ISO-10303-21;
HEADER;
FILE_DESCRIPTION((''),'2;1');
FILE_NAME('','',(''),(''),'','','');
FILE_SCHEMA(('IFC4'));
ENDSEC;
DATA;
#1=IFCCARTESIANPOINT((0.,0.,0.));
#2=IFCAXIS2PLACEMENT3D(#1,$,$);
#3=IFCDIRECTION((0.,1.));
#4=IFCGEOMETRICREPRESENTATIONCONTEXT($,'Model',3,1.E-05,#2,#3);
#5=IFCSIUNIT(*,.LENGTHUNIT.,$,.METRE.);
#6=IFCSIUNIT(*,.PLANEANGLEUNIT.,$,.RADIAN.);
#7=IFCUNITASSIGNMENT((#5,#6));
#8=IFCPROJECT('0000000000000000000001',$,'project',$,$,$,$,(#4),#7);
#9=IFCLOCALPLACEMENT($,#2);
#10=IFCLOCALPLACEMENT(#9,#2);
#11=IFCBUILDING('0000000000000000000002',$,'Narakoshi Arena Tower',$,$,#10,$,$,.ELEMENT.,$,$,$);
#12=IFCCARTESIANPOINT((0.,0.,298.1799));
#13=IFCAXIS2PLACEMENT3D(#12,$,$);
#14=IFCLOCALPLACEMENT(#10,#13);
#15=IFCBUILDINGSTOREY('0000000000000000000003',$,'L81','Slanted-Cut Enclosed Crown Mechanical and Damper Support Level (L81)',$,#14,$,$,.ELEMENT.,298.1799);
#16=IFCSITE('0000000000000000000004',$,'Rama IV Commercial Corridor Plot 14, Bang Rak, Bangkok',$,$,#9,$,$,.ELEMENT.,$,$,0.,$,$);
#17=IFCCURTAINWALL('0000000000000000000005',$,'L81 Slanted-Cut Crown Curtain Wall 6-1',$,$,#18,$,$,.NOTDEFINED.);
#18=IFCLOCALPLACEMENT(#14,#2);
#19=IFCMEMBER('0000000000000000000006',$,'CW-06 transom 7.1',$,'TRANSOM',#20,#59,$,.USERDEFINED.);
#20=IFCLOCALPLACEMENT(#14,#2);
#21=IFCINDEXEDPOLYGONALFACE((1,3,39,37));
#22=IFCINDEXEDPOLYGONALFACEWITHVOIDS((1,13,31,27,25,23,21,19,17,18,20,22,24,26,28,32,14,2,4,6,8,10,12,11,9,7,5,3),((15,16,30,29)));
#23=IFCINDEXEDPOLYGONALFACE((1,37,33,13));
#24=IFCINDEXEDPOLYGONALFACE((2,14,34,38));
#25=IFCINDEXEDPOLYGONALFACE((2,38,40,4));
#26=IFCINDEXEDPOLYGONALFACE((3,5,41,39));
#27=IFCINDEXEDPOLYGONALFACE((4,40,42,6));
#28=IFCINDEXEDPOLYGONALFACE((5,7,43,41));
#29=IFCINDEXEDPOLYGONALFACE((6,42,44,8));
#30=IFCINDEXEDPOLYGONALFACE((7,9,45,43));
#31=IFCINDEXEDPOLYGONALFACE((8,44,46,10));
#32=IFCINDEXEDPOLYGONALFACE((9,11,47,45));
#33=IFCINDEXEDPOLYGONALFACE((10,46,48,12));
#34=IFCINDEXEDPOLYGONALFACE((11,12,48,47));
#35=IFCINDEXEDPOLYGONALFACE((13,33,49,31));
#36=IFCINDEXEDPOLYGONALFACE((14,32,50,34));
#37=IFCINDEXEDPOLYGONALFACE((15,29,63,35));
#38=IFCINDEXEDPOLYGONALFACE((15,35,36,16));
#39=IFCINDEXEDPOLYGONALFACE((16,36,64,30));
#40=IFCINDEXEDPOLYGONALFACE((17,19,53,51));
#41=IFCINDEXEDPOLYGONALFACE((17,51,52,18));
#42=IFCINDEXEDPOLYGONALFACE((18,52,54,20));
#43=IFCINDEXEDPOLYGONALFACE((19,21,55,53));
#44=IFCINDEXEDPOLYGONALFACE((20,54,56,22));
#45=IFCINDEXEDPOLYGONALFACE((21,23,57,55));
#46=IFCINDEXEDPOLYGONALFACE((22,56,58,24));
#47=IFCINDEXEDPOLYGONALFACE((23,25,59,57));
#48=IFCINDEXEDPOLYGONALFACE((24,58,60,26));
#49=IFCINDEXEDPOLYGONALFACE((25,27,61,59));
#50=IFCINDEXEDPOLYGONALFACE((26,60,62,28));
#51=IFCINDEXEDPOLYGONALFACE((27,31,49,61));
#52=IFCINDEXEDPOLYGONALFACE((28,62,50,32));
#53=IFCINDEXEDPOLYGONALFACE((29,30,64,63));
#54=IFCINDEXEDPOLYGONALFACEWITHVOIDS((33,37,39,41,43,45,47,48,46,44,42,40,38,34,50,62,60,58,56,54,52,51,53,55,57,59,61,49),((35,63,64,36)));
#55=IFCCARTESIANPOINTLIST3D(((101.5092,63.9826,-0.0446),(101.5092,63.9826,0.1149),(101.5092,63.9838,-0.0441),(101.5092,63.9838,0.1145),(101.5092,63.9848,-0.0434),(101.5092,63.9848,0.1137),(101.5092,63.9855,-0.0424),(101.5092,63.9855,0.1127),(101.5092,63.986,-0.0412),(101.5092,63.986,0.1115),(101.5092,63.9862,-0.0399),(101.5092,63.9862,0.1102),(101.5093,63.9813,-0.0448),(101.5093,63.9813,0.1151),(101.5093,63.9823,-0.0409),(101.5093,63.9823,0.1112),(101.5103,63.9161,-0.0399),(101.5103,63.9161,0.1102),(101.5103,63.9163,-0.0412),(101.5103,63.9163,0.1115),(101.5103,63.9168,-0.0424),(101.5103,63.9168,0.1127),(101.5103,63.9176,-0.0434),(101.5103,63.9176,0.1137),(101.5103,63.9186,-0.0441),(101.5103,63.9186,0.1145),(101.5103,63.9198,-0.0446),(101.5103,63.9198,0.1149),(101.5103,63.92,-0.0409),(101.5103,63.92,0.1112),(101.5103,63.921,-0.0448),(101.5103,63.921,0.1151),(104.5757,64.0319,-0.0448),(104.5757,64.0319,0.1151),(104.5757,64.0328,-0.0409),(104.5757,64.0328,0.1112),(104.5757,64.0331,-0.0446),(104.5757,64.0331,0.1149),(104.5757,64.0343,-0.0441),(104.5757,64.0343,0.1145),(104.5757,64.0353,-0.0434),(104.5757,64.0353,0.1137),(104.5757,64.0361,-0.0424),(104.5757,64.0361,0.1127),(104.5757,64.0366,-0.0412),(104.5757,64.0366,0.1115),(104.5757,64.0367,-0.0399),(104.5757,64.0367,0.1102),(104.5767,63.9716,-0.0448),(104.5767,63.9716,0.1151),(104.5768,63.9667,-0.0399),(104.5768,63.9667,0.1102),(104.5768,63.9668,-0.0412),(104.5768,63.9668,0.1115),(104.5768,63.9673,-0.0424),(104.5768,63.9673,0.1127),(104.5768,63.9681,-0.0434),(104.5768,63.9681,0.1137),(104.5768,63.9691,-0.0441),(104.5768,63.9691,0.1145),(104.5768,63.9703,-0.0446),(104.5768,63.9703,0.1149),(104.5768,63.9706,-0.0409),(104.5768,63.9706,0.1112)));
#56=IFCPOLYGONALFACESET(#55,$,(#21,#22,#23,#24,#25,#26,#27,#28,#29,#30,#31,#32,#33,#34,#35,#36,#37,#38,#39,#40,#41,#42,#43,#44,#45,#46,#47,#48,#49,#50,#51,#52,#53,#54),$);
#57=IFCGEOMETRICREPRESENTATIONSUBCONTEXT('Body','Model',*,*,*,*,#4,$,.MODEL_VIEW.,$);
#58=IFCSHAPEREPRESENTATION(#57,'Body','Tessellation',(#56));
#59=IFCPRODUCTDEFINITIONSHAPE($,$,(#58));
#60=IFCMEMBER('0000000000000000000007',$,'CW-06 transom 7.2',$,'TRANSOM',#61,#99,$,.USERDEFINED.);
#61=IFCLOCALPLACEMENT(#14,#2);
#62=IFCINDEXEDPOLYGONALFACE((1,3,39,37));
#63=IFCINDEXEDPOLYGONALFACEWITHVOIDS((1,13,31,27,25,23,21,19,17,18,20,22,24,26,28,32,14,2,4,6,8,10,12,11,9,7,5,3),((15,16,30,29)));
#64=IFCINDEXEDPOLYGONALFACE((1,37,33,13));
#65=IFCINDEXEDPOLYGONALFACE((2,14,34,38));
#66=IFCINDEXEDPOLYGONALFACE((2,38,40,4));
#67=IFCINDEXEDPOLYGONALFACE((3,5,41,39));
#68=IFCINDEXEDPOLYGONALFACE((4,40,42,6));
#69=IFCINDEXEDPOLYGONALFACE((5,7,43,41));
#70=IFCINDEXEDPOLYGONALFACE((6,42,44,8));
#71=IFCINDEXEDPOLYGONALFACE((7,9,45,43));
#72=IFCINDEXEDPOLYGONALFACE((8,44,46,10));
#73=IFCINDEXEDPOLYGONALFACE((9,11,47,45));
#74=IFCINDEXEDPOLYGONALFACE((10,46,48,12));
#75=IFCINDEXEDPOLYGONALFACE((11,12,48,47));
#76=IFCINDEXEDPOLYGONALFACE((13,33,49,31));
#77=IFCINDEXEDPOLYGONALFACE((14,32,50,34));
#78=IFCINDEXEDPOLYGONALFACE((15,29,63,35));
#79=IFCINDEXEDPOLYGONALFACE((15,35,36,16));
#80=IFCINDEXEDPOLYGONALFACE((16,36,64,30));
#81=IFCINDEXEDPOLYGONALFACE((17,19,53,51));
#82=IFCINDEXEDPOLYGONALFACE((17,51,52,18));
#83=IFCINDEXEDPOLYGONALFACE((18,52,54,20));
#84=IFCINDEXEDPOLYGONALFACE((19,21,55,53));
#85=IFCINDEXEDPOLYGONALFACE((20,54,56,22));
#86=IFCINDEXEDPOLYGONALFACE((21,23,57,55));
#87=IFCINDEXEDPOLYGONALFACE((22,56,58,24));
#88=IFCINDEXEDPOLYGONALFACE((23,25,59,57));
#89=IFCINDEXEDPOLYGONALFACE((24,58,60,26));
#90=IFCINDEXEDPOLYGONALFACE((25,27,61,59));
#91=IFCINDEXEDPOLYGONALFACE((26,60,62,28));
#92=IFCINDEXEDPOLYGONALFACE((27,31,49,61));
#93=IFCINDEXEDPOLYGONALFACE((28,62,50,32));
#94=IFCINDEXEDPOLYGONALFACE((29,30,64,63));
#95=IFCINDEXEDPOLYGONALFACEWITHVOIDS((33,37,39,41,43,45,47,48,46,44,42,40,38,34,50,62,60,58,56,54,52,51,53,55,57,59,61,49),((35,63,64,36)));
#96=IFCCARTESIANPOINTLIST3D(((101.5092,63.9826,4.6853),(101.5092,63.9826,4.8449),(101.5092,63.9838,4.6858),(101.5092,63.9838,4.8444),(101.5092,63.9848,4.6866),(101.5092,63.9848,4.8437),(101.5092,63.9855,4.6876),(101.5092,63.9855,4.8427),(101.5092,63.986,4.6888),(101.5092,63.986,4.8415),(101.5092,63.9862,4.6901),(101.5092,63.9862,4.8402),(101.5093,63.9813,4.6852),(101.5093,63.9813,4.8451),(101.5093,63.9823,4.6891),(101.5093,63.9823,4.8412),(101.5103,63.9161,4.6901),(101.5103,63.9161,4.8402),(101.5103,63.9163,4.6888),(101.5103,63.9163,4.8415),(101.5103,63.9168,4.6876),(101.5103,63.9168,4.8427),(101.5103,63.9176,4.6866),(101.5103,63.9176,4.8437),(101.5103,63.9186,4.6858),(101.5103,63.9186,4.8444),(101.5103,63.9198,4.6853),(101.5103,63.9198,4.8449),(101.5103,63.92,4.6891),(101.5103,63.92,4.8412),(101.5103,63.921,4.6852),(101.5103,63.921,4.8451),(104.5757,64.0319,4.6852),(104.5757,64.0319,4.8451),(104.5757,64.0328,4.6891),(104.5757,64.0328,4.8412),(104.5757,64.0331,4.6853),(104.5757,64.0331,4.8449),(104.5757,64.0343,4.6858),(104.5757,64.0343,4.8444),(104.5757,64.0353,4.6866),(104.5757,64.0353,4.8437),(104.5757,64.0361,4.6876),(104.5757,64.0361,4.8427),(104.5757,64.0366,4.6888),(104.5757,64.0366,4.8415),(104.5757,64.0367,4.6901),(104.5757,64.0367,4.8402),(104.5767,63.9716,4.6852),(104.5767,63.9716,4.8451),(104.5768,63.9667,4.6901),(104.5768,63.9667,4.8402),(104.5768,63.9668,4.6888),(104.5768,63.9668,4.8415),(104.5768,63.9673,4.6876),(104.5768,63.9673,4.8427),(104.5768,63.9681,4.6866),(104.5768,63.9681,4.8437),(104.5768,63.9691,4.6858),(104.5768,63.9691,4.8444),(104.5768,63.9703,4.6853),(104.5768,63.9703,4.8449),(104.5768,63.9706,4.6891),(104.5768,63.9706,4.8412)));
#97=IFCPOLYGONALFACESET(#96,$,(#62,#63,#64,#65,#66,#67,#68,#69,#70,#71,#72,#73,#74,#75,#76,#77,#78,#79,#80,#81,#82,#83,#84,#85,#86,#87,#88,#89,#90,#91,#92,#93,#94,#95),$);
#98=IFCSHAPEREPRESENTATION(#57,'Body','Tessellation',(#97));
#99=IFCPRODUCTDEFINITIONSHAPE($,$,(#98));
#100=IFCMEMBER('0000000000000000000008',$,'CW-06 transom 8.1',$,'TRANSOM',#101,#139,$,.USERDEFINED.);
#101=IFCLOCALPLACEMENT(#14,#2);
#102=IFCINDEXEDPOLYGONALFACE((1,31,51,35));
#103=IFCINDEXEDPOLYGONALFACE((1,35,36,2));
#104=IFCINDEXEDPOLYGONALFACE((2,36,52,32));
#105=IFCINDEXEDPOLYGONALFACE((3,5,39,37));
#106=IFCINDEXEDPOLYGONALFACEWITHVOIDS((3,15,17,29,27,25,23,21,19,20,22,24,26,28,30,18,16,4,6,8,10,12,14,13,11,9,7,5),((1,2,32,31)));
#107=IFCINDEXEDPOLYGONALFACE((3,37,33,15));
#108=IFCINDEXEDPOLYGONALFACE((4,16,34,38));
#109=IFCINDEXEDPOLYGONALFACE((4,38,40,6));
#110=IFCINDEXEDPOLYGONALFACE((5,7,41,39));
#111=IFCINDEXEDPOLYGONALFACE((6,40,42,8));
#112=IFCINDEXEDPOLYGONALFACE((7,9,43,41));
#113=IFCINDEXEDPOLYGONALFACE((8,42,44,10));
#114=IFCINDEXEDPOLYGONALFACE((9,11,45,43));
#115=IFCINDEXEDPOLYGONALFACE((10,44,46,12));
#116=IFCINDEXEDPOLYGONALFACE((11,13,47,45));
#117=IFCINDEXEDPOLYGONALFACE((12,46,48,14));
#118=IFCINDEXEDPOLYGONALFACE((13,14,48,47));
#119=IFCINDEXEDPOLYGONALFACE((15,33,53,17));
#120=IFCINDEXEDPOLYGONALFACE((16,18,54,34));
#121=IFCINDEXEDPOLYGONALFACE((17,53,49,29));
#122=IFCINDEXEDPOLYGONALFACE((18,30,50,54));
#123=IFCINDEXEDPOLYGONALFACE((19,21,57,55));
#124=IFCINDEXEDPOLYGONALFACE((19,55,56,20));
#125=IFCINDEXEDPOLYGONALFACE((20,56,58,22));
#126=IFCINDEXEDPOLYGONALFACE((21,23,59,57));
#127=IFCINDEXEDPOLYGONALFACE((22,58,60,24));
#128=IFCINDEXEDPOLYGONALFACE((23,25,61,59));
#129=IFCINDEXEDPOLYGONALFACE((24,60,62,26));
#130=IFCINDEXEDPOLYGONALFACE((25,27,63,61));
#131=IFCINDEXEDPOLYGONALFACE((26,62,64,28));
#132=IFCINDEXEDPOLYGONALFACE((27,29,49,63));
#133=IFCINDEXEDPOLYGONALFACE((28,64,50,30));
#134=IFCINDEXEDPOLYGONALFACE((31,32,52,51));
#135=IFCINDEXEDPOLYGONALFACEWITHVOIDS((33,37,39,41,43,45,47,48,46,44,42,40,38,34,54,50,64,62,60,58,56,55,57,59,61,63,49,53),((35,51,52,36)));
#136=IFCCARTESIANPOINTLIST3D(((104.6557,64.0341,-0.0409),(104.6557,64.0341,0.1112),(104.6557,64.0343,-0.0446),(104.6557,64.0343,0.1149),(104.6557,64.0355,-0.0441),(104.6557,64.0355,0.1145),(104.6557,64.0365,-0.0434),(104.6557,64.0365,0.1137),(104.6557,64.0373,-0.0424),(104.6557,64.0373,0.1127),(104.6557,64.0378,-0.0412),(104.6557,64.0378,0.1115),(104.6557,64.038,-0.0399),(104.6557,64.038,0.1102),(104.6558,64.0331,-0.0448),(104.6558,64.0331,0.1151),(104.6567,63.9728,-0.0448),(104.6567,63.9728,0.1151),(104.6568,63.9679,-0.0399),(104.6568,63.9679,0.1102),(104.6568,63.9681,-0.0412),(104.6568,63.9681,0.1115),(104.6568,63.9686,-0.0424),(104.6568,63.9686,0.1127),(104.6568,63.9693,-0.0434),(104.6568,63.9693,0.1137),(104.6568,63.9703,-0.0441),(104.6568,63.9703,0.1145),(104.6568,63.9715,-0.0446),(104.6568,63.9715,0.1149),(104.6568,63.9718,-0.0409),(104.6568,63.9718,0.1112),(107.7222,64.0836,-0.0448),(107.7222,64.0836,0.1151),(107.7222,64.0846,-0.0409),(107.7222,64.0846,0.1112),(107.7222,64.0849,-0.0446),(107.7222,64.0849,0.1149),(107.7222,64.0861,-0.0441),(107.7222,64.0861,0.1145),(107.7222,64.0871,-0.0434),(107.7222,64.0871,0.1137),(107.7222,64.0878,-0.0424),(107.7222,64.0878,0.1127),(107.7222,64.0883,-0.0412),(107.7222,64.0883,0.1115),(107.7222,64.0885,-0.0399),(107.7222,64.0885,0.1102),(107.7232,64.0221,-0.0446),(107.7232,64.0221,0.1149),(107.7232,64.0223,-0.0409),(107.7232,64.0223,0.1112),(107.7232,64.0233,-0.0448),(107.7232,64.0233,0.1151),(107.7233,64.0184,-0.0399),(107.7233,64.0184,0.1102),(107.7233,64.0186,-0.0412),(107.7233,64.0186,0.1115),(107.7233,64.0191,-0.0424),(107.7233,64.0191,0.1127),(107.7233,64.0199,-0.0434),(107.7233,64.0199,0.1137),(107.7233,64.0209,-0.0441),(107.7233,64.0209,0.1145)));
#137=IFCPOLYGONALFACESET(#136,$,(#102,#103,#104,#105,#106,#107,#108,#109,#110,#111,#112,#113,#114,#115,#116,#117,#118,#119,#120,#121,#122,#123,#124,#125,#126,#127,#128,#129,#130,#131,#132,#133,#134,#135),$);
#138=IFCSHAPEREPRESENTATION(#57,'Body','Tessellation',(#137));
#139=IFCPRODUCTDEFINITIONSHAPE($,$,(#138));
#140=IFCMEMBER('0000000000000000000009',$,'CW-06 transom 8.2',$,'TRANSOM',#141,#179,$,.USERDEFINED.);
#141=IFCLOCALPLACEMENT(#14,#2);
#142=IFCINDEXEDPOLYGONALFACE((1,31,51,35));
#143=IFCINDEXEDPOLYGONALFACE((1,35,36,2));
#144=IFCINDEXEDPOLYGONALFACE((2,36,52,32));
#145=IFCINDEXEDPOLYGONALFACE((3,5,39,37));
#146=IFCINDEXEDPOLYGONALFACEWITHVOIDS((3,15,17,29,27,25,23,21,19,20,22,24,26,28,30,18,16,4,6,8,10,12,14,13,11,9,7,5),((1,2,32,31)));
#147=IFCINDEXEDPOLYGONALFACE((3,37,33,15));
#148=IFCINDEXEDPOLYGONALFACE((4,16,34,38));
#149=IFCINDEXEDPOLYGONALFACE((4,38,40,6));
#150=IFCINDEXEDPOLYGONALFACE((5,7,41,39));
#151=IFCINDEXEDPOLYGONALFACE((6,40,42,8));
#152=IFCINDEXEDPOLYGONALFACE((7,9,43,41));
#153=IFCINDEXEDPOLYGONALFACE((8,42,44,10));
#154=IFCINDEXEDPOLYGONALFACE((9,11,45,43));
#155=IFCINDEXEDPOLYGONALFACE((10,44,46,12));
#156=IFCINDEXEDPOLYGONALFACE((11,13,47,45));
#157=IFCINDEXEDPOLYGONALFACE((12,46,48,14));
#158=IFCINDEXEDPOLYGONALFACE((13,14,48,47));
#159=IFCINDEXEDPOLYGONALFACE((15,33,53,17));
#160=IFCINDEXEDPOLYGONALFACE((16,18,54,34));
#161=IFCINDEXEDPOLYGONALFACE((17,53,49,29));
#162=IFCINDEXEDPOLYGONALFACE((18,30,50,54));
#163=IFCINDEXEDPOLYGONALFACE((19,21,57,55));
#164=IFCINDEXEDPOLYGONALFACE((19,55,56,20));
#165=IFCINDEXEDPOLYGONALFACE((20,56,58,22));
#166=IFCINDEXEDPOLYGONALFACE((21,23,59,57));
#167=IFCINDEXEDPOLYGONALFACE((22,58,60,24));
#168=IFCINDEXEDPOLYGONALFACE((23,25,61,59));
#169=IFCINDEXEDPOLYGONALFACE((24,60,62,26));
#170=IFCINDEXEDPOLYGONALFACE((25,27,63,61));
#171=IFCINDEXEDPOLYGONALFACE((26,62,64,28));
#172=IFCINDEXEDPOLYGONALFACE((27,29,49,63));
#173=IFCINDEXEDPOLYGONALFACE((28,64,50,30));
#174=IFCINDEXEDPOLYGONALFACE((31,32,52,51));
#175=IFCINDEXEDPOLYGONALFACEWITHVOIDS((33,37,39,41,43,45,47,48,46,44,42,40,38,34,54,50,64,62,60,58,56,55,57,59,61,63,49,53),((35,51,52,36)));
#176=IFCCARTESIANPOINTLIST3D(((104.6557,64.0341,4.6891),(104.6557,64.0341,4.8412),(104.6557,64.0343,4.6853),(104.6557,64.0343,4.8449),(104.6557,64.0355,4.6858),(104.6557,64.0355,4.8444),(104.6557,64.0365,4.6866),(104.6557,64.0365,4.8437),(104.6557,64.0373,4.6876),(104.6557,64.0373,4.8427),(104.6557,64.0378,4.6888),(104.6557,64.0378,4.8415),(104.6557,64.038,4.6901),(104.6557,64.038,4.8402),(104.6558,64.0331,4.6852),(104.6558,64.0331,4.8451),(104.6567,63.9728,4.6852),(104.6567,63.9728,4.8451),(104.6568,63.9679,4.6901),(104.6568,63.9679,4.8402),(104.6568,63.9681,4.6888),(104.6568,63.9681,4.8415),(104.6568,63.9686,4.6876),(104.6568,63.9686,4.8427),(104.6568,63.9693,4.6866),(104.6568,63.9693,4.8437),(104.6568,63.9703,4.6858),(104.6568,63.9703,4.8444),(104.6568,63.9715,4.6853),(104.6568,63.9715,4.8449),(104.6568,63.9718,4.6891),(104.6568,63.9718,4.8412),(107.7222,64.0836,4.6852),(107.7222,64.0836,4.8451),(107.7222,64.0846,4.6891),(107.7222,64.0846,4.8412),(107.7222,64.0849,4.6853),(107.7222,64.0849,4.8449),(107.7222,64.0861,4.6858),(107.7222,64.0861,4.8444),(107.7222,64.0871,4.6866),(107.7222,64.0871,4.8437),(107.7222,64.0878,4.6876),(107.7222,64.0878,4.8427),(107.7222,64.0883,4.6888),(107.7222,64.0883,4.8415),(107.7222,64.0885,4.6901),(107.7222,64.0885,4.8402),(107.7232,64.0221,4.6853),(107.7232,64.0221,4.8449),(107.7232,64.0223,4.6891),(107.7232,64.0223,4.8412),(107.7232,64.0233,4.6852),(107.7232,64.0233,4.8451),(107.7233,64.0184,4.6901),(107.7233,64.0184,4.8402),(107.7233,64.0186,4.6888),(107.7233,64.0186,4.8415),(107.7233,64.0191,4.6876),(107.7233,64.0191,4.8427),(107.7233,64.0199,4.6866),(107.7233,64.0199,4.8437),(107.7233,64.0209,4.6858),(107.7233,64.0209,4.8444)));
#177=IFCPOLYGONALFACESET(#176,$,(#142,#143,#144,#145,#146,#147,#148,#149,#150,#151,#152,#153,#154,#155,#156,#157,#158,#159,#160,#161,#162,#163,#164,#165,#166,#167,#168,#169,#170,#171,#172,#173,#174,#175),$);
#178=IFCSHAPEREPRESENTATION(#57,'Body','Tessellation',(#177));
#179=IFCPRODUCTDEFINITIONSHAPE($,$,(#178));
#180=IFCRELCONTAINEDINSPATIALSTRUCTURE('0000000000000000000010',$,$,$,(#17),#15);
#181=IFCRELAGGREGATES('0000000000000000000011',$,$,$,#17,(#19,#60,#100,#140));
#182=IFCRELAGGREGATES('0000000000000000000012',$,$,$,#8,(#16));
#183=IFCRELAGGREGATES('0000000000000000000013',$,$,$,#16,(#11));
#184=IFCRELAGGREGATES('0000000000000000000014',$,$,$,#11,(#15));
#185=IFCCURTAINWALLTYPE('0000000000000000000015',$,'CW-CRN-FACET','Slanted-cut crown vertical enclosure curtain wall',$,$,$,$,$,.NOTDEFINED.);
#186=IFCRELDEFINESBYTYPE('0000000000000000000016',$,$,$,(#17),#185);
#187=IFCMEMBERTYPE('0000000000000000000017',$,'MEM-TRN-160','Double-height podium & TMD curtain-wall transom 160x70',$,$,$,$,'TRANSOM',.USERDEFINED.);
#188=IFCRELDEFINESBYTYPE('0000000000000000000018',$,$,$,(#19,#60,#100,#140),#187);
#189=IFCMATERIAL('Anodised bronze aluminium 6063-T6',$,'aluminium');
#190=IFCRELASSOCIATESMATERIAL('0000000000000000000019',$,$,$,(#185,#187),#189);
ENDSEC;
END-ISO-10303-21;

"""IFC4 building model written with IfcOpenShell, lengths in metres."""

from ifc_helpers import new_model, si_unit, direction, frame, origin, origin_2d, place, context, subcontext, project, spatial, hollow_rectangle, extrude, material, material_profile, profile_set, type_object, element, aggregate, save


model = new_model("IFC4")

# Units and contexts
model_context = context("Model", 3, precision=1e-05, world=origin(), true_north=direction((0.0, 1.0)))
body_context = subcontext(model_context, "Body", "Model", "MODEL_VIEW")
ifc_project = project(units=[si_unit("LENGTHUNIT", "METRE"), si_unit("PLANEANGLEUNIT", "RADIAN")], contexts=[model_context])

# Site, building, storey
site_placement = place(None, origin())
site = spatial("IfcSite", under=ifc_project, at=site_placement, Name="Rama IV Commercial Corridor Plot 14, Bang Rak, Bangkok", CompositionType="ELEMENT", RefElevation=0.0)
building_placement = place(site_placement, origin())
building = spatial("IfcBuilding", under=site, at=building_placement, Name="Narakoshi Arena Tower", CompositionType="ELEMENT")
storey_placement = place(building_placement, frame((0.0, 0.0, 298.1799)))
storey = spatial("IfcBuildingStorey", under=building, at=storey_placement, Name="L81", Description="Slanted-Cut Enclosed Crown Mechanical and Damper Support Level (L81)", CompositionType="ELEMENT", Elevation=298.1799)

# Curtain wall, members
ifc_material_1 = material(Name="Anodised bronze aluminium 6063-T6", Category="aluminium")
curtain_wall_type = type_object("IfcCurtainWallType", Name="CW-CRN-FACET", Description="Slanted-cut crown vertical enclosure curtain wall", PredefinedType="NOTDEFINED", material=ifc_material_1)
curtain_wall_placement = place(storey_placement, origin())
curtain_wall = element("IfcCurtainWall", 1, at=curtain_wall_placement, inside=storey, type_object=curtain_wall_type, Name="L81 Slanted-Cut Crown Curtain Wall 6-1", PredefinedType="NOTDEFINED")
ifc_material_profile_1 = material_profile(ifc_material_1, hollow_rectangle(XDim=0.0701, YDim=0.1599, WallThickness=0.0039, OuterFilletRadius=0.0049, at=origin_2d()), Name="TRN160x70x4")
ifc_profile_set_1 = profile_set([ifc_material_profile_1], Name="Anodised bronze aluminium 6063-T6")
member_type_1 = type_object("IfcMemberType", Name="MEM-TRN-160", Description="Double-height podium & TMD curtain-wall transom 160x70", ElementType="TRANSOM", PredefinedType="USERDEFINED", material=ifc_profile_set_1)
member_1_placement = place(storey_placement, frame((101.5098, 63.9512, 0.0352), z_axis=(0.999864, 0.016479, 0.0), x_axis=(-0.016479, 0.999864, 0.0)))
member_1 = element("IfcMember", 2, at=member_1_placement, type_object=member_type_1, Name="CW-06 transom 7.1", ObjectType="TRANSOM", PredefinedType="USERDEFINED", context=body_context, shape_type="SweptSolid", body=[
    extrude(hollow_rectangle(XDim=0.0701, YDim=0.1599, WallThickness=0.0039, OuterFilletRadius=0.0049, at=origin_2d()), origin(), (0.0, 0.0, 1.0), 3.0669),
])
member_2_placement = place(storey_placement, frame((101.5098, 63.9512, 4.7651), z_axis=(0.999864, 0.016479, 0.0), x_axis=(-0.016479, 0.999864, 0.0)))
member_2 = element("IfcMember", 3, at=member_2_placement, type_object=member_type_1, Name="CW-06 transom 7.2", ObjectType="TRANSOM", PredefinedType="USERDEFINED", context=body_context, shape_type="SweptSolid", body=[
    extrude(hollow_rectangle(XDim=0.0701, YDim=0.1599, WallThickness=0.0039, OuterFilletRadius=0.0049, at=origin_2d()), origin(), (0.0, 0.0, 1.0), 3.0669),
])
member_3_placement = place(storey_placement, frame((104.6562, 64.0029, 0.0352), z_axis=(0.999864, 0.016479, 0.0), x_axis=(-0.016479, 0.999864, 0.0)))
member_3 = element("IfcMember", 4, at=member_3_placement, type_object=member_type_1, Name="CW-06 transom 8.1", ObjectType="TRANSOM", PredefinedType="USERDEFINED", context=body_context, shape_type="SweptSolid", body=[
    extrude(hollow_rectangle(XDim=0.0701, YDim=0.1599, WallThickness=0.0039, OuterFilletRadius=0.0049, at=origin_2d()), origin(), (0.0, 0.0, 1.0), 3.0669),
])
member_4_placement = place(storey_placement, frame((104.6562, 64.0029, 4.7651), z_axis=(0.999864, 0.016479, 0.0), x_axis=(-0.016479, 0.999864, 0.0)))
member_4 = element("IfcMember", 5, at=member_4_placement, type_object=member_type_1, Name="CW-06 transom 8.2", ObjectType="TRANSOM", PredefinedType="USERDEFINED", context=body_context, shape_type="SweptSolid", body=[
    extrude(hollow_rectangle(XDim=0.0701, YDim=0.1599, WallThickness=0.0039, OuterFilletRadius=0.0049, at=origin_2d()), origin(), (0.0, 0.0, 1.0), 3.0669),
])
aggregate(curtain_wall, [member_1, member_2, member_3, member_4])

save(model, "model.ifc")
